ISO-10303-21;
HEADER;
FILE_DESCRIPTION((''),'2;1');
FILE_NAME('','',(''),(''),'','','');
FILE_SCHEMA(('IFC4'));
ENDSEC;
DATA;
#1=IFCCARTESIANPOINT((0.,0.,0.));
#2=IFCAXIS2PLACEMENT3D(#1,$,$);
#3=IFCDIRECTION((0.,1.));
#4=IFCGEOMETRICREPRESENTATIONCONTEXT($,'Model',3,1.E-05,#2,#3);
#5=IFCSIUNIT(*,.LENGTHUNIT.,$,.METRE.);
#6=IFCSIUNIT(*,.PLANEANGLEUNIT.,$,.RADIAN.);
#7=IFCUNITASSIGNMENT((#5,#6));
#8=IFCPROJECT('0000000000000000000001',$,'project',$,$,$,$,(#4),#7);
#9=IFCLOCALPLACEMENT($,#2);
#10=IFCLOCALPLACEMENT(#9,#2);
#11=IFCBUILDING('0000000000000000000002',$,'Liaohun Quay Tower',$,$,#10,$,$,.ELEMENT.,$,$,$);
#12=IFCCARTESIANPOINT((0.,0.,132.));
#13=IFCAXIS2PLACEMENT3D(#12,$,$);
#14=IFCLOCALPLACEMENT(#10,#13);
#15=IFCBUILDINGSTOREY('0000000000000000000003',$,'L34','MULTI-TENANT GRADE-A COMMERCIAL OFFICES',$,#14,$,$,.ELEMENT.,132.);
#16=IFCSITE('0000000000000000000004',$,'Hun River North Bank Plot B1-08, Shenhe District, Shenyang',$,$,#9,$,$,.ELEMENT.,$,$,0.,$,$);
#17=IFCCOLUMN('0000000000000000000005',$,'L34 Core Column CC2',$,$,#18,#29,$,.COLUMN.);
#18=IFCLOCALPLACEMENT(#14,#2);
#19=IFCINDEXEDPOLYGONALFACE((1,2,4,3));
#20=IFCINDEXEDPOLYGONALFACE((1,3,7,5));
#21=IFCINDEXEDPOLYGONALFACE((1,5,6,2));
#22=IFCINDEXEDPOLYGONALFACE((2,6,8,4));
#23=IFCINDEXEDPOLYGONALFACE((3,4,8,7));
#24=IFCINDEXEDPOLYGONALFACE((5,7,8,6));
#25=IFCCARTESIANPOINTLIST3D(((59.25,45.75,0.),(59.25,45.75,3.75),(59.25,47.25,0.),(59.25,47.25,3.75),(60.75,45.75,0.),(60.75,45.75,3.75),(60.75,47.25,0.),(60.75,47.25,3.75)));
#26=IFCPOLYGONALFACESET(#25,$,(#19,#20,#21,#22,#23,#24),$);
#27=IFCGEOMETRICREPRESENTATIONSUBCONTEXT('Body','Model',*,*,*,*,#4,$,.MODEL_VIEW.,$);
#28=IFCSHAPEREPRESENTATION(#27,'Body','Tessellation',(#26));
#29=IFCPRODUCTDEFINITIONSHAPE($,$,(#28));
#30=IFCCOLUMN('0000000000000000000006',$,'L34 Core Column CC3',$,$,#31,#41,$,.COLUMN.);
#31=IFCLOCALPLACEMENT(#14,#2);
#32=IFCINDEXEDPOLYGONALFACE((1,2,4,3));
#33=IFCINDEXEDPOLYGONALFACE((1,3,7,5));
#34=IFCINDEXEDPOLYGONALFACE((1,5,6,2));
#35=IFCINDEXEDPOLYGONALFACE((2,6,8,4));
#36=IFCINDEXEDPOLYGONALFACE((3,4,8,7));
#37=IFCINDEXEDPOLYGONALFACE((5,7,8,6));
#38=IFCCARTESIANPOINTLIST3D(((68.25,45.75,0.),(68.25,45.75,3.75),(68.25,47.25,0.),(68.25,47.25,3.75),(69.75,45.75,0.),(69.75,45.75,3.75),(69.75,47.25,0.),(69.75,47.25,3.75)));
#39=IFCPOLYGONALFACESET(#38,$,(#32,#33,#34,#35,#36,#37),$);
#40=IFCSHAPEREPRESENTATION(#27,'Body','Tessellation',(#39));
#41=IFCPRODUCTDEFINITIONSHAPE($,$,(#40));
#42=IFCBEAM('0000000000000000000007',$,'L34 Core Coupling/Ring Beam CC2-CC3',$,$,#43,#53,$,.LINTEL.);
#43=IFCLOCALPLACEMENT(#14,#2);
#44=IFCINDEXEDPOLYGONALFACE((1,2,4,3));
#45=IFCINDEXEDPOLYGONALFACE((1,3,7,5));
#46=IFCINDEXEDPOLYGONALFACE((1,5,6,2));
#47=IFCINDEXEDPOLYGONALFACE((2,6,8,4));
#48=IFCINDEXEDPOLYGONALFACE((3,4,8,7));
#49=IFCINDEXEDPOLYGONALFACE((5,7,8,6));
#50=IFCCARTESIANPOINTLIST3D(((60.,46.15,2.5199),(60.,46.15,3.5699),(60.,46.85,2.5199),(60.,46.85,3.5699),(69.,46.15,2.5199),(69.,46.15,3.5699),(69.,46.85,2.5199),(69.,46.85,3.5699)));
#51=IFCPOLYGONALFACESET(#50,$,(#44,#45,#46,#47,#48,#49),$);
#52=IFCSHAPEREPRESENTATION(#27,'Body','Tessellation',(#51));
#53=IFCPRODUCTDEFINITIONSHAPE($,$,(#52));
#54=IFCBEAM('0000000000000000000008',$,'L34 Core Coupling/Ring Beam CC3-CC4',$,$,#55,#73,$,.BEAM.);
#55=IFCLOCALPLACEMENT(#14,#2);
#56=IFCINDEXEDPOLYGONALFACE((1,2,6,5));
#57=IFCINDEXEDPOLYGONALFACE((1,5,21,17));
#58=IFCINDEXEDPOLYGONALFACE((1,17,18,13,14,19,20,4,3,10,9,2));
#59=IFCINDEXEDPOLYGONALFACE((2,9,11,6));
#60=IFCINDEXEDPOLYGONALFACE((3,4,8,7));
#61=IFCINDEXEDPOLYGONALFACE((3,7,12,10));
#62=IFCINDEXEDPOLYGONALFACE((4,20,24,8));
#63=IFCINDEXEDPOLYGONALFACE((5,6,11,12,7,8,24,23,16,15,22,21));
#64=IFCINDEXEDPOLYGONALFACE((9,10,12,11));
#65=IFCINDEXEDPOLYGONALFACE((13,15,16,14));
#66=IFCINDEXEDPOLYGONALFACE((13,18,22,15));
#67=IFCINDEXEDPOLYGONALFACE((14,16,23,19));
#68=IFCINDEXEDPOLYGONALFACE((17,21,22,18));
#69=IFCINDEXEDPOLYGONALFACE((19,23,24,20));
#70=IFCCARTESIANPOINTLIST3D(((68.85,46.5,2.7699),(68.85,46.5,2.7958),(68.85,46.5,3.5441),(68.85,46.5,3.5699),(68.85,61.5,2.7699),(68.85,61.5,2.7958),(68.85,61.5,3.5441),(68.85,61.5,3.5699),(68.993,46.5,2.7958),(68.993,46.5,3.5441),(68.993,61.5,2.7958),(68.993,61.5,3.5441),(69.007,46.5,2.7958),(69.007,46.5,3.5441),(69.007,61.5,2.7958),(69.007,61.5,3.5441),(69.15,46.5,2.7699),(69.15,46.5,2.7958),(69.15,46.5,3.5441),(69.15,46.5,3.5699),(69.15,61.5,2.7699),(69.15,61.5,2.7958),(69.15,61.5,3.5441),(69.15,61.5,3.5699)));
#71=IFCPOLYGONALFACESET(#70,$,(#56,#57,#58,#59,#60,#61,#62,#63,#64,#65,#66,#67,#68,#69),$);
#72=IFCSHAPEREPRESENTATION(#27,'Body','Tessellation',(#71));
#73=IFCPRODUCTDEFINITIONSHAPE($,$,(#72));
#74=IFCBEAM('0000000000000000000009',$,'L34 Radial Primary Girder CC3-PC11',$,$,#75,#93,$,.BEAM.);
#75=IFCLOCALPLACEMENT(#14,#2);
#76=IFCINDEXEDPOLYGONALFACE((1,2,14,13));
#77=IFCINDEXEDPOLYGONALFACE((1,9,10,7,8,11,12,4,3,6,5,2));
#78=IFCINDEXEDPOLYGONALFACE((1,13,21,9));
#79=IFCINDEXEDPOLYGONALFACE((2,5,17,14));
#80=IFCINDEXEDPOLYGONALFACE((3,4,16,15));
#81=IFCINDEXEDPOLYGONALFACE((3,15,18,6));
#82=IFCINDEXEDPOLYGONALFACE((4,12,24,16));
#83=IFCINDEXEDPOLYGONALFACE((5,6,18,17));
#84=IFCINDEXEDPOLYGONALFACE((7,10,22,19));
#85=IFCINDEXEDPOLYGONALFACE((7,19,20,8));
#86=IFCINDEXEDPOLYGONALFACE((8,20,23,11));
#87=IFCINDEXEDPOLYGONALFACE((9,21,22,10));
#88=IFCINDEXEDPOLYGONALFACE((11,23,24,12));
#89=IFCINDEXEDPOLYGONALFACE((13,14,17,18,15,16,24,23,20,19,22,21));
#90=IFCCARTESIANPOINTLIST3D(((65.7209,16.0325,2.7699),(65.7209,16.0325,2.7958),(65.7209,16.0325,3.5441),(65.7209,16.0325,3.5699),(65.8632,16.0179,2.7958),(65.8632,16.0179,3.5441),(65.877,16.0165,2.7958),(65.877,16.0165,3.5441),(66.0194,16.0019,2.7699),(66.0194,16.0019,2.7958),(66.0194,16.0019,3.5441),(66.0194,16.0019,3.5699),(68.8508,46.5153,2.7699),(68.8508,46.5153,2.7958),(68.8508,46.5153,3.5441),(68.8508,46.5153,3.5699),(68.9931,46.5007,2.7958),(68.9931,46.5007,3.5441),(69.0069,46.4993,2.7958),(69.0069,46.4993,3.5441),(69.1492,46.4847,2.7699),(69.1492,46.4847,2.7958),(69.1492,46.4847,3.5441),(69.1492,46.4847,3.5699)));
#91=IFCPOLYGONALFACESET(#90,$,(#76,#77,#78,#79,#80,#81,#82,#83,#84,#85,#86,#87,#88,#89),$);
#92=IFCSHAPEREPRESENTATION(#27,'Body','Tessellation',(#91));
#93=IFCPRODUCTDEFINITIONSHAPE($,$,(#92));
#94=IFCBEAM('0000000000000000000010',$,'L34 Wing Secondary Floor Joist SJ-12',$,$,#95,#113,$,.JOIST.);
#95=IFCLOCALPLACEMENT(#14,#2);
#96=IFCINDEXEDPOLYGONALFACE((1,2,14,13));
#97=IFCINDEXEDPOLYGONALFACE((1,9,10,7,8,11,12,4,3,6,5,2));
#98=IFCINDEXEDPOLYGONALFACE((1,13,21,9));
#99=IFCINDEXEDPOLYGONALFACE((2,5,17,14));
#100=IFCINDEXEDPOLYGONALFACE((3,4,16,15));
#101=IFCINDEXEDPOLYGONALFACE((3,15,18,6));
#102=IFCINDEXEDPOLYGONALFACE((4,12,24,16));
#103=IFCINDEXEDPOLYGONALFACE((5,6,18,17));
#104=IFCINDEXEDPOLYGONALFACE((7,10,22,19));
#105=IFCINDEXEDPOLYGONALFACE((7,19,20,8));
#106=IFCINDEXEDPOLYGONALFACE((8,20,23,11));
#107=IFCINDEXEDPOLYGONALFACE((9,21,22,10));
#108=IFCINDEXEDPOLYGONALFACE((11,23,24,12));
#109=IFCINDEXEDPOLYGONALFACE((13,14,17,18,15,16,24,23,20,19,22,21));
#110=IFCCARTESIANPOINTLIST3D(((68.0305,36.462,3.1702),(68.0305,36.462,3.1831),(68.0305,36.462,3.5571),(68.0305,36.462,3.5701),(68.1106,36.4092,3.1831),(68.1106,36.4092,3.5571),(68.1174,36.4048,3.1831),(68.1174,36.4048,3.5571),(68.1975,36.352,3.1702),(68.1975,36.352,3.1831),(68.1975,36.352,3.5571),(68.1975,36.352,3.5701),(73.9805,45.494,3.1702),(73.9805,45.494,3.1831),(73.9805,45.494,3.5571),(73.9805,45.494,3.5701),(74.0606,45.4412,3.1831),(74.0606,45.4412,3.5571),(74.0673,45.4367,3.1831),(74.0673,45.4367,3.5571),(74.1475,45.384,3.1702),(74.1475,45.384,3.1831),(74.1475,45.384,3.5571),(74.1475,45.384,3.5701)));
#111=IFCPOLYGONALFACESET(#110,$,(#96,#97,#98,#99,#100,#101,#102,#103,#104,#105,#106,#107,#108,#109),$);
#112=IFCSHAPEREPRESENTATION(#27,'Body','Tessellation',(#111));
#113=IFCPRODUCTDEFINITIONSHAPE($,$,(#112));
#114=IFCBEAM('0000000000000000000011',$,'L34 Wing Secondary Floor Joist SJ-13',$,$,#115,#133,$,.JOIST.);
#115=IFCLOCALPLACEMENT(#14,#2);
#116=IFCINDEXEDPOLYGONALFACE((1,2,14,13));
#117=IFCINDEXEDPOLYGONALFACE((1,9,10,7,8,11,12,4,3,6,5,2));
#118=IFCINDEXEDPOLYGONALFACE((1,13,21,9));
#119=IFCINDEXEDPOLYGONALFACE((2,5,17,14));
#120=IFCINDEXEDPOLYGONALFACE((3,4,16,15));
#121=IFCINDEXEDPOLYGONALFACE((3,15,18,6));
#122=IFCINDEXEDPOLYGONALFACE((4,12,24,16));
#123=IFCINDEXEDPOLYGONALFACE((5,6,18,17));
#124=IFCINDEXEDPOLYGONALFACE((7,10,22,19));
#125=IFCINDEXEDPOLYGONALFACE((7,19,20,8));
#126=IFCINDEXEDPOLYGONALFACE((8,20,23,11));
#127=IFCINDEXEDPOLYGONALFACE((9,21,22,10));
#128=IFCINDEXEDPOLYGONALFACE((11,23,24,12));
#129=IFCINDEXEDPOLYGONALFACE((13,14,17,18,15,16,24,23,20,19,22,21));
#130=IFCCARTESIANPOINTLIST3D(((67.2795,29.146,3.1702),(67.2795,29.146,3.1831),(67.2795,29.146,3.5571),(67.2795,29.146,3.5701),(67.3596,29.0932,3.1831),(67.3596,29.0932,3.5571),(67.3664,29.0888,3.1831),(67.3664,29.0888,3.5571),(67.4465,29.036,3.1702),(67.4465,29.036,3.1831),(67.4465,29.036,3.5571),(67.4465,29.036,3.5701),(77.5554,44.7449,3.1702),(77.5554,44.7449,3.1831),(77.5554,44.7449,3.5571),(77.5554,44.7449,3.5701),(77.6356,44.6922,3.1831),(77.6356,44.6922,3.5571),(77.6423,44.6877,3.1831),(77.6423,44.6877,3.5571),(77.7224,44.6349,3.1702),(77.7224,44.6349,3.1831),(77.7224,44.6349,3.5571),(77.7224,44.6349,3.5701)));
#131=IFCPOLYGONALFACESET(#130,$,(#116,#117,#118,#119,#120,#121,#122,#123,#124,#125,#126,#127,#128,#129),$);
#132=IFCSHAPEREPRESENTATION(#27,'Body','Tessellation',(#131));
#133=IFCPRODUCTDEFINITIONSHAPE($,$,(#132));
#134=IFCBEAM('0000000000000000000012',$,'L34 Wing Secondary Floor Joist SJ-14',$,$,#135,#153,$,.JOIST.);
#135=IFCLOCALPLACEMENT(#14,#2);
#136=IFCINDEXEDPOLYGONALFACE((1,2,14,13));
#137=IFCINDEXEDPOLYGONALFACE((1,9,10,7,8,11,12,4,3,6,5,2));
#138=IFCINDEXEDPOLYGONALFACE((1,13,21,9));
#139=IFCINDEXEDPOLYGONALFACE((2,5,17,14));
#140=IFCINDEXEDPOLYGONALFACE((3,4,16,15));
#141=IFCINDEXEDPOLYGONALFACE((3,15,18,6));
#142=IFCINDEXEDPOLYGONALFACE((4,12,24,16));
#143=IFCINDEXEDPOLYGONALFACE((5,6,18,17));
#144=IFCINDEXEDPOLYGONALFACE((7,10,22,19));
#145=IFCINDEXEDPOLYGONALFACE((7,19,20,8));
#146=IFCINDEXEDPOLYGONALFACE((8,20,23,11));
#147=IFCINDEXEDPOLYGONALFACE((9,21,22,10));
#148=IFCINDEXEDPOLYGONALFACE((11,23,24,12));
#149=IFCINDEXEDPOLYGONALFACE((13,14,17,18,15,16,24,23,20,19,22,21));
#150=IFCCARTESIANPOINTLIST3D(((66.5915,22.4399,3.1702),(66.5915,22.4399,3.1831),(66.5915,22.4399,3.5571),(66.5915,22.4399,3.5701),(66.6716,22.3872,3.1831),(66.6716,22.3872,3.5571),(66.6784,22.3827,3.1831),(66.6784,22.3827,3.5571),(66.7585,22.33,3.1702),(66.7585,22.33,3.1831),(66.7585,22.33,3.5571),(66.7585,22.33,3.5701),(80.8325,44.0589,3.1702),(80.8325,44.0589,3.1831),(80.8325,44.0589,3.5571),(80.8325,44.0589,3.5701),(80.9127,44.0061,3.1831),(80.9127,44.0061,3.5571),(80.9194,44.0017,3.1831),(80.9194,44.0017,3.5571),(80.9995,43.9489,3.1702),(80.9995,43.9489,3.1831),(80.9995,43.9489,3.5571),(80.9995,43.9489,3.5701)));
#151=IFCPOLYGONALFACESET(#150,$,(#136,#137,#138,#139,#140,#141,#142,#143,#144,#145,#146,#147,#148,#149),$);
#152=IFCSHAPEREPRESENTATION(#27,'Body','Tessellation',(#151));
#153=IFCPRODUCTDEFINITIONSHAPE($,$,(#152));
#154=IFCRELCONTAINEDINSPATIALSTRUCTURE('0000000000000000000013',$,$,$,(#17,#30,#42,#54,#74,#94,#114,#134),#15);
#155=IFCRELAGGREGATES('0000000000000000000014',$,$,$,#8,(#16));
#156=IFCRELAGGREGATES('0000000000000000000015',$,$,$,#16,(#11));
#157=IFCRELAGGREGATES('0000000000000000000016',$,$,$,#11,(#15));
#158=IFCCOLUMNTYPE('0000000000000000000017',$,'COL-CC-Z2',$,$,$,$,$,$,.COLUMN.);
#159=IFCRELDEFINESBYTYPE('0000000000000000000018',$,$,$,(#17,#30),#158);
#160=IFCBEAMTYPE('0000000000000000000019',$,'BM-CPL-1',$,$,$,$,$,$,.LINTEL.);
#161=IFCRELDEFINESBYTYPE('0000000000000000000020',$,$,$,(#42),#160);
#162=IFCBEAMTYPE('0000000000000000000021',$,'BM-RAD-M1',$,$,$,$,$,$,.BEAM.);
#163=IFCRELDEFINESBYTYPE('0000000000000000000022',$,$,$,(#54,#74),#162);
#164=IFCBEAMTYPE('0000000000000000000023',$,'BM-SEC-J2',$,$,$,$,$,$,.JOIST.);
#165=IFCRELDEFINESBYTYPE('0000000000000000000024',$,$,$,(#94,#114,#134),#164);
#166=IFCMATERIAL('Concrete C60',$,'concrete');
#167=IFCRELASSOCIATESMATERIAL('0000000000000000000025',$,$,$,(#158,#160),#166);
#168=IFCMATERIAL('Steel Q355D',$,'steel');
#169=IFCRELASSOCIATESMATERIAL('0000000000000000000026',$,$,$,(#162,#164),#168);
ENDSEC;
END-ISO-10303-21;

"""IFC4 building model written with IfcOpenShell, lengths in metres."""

from ifc_helpers import new_model, si_unit, direction, frame, origin, origin_2d, place, context, subcontext, project, spatial, rectangle, i_section, extrude, source, transform, mapped, material, material_profile, profile_set, type_object, element, save


model = new_model("IFC4")

# Units and contexts
model_context = context("Model", 3, precision=1e-05, world=origin(), true_north=direction((0.0, 1.0)))
body_context = subcontext(model_context, "Body", "Model", "MODEL_VIEW")
ifc_project = project(units=[si_unit("LENGTHUNIT", "METRE"), si_unit("PLANEANGLEUNIT", "RADIAN")], contexts=[model_context])

# Site, building, storey
site_placement = place(None, origin())
site = spatial("IfcSite", under=ifc_project, at=site_placement, Name="Hun River North Bank Plot B1-08, Shenhe District, Shenyang", CompositionType="ELEMENT", RefElevation=0.0)
building_placement = place(site_placement, origin())
building = spatial("IfcBuilding", under=site, at=building_placement, Name="Liaohun Quay Tower", CompositionType="ELEMENT")
storey_placement = place(building_placement, frame((0.0, 0.0, 132.0)))
storey = spatial("IfcBuildingStorey", under=building, at=storey_placement, Name="L34", Description="MULTI-TENANT GRADE-A COMMERCIAL OFFICES", CompositionType="ELEMENT", Elevation=132.0)

# Columns
ifc_material_1 = material(Name="Concrete C60", Category="concrete")
ifc_material_profile_1 = material_profile(ifc_material_1, rectangle(XDim=1.5, YDim=1.5, at=origin_2d()), Name="RC1500x1500")
ifc_profile_set_1 = profile_set([ifc_material_profile_1], Name="Concrete C60")
column_type = type_object("IfcColumnType", Name="COL-CC-Z2", PredefinedType="COLUMN", material=ifc_profile_set_1)
shared_shape_1 = source(origin(), body_context, "Body", "SweptSolid", [
    extrude(rectangle(XDim=1.5, YDim=1.5, at=origin_2d()), origin(), (0.0, 0.0, 1.0), 3.75),
])
for number, where, z_axis, x_axis, name in (
    (1, (60.0, 46.5, 0.0), (0.0, 0.0, 1.0), (1.0, 0.0, 0.0), "L34 Core Column CC2"),
    (2, (69.0, 46.5, 0.0), (0.0, 0.0, 1.0), (1.0, 0.0, 0.0), "L34 Core Column CC3"),
):
    element("IfcColumn", number, at=place(storey_placement, frame(where, z_axis=z_axis, x_axis=x_axis)), inside=storey, type_object=column_type, Name=name, PredefinedType="COLUMN", context=body_context, shape_type="MappedRepresentation", body=[
        mapped(shared_shape_1, transform((0.0, 0.0, 0.0), x_axis=(1.0, 0.0, 0.0), y_axis=(0.0, 1.0, 0.0), z_axis=(0.0, 0.0, 1.0), scale=1.0)),
    ])

# Beams
ifc_material_profile_2 = material_profile(ifc_material_1, rectangle(XDim=0.7, YDim=1.05, at=origin_2d()), Name="RC700x1050")
ifc_profile_set_2 = profile_set([ifc_material_profile_2], Name="Concrete C60")
beam_type_1 = type_object("IfcBeamType", Name="BM-CPL-1", PredefinedType="LINTEL", material=ifc_profile_set_2)
shared_shape_2 = source(origin(), body_context, "Body", "SweptSolid", [
    extrude(rectangle(XDim=0.7, YDim=1.05, at=origin_2d()), origin(), (0.0, 0.0, 1.0), 9.0),
])
beam_1_placement = place(storey_placement, frame((60.0, 46.5, 3.0449), z_axis=(1.0, 0.0, 0.0), x_axis=(0.0, 1.0, 0.0)))
element("IfcBeam", 3, at=beam_1_placement, inside=storey, type_object=beam_type_1, Name="L34 Core Coupling/Ring Beam CC2-CC3", PredefinedType="LINTEL", context=body_context, shape_type="MappedRepresentation", body=[
    mapped(shared_shape_2, transform((0.0, 0.0, 0.0), x_axis=(1.0, 0.0, 0.0), y_axis=(0.0, 1.0, 0.0), z_axis=(0.0, 0.0, 1.0), scale=1.0)),
])
ifc_material_2 = material(Name="Steel Q355D", Category="steel")
ifc_material_profile_3 = material_profile(ifc_material_2, i_section(OverallWidth=0.3, OverallDepth=0.8, WebThickness=0.0139, FlangeThickness=0.0259, at=origin_2d()), Name="HN800x300x14x26")
ifc_profile_set_3 = profile_set([ifc_material_profile_3], Name="Steel Q355D")
beam_type_2 = type_object("IfcBeamType", Name="BM-RAD-M1", PredefinedType="BEAM", material=ifc_profile_set_3)
shared_shape_3 = source(origin(), body_context, "Body", "SweptSolid", [
    extrude(i_section(OverallWidth=0.3, OverallDepth=0.8, WebThickness=0.0139, FlangeThickness=0.0259, at=origin_2d()), origin(), (0.0, 0.0, 1.0), 15.0),
])
beam_2_placement = place(storey_placement, frame((69.0, 46.5, 3.1699), z_axis=(0.0, 1.0, 0.0), x_axis=(-1.0, 0.0, 0.0)))
element("IfcBeam", 4, at=beam_2_placement, inside=storey, type_object=beam_type_2, Name="L34 Core Coupling/Ring Beam CC3-CC4", PredefinedType="BEAM", context=body_context, shape_type="MappedRepresentation", body=[
    mapped(shared_shape_3, transform((0.0, 0.0, 0.0), x_axis=(1.0, 0.0, 0.0), y_axis=(0.0, 1.0, 0.0), z_axis=(0.0, 0.0, 1.0), scale=1.0)),
])
shared_shape_4 = source(origin(), body_context, "Body", "SweptSolid", [
    extrude(i_section(OverallWidth=0.3, OverallDepth=0.8, WebThickness=0.0139, FlangeThickness=0.0259, at=origin_2d()), origin(), (0.0, 0.0, 1.0), 30.6431),
])
beam_3_placement = place(storey_placement, frame((69.0, 46.5, 3.1699), z_axis=(-0.10214, -0.99477, 0.0), x_axis=(0.99477, -0.10214, 0.0)))
element("IfcBeam", 5, at=beam_3_placement, inside=storey, type_object=beam_type_2, Name="L34 Radial Primary Girder CC3-PC11", PredefinedType="BEAM", context=body_context, shape_type="MappedRepresentation", body=[
    mapped(shared_shape_4, transform((0.0, 0.0, 0.0), x_axis=(1.0, 0.0, 0.0), y_axis=(0.0, 1.0, 0.0), z_axis=(0.0, 0.0, 1.0), scale=1.0)),
])
ifc_material_profile_4 = material_profile(ifc_material_2, i_section(OverallWidth=0.2, OverallDepth=0.3999, WebThickness=0.0081, FlangeThickness=0.0129, at=origin_2d()), Name="HN400x200x8x13")
ifc_profile_set_4 = profile_set([ifc_material_profile_4], Name="Steel Q355D")
beam_type_3 = type_object("IfcBeamType", Name="BM-SEC-J2", PredefinedType="JOIST", material=ifc_profile_set_4)
shared_shape_5 = source(origin(), body_context, "Body", "SweptSolid", [
    extrude(i_section(OverallWidth=0.2, OverallDepth=0.3999, WebThickness=0.0081, FlangeThickness=0.0129, at=origin_2d()), origin(), (0.0, 0.0, 1.0), 10.8157),
])
beam_4_placement = place(storey_placement, frame((74.064, 45.439, 3.3701), z_axis=(-0.550123, -0.835083, 0.0), x_axis=(0.835083, -0.550123, 0.0)))
element("IfcBeam", 6, at=beam_4_placement, inside=storey, type_object=beam_type_3, Name="L34 Wing Secondary Floor Joist SJ-12", PredefinedType="JOIST", context=body_context, shape_type="MappedRepresentation", body=[
    mapped(shared_shape_5, transform((0.0, 0.0, 0.0), x_axis=(1.0, 0.0, 0.0), y_axis=(0.0, 1.0, 0.0), z_axis=(0.0, 0.0, 1.0), scale=1.0)),
])
shared_shape_6 = source(origin(), body_context, "Body", "SweptSolid", [
    extrude(i_section(OverallWidth=0.2, OverallDepth=0.3999, WebThickness=0.0081, FlangeThickness=0.0129, at=origin_2d()), origin(), (0.0, 0.0, 1.0), 18.6794),
])
beam_5_placement = place(storey_placement, frame((77.6389, 44.6899, 3.3701), z_axis=(-0.550119, -0.835086, 0.0), x_axis=(0.835086, -0.550119, 0.0)))
element("IfcBeam", 7, at=beam_5_placement, inside=storey, type_object=beam_type_3, Name="L34 Wing Secondary Floor Joist SJ-13", PredefinedType="JOIST", context=body_context, shape_type="MappedRepresentation", body=[
    mapped(shared_shape_6, transform((0.0, 0.0, 0.0), x_axis=(1.0, 0.0, 0.0), y_axis=(0.0, 1.0, 0.0), z_axis=(0.0, 0.0, 1.0), scale=1.0)),
])
shared_shape_7 = source(origin(), body_context, "Body", "SweptSolid", [
    extrude(i_section(OverallWidth=0.2, OverallDepth=0.3999, WebThickness=0.0081, FlangeThickness=0.0129, at=origin_2d()), origin(), (0.0, 0.0, 1.0), 25.8879),
])
beam_6_placement = place(storey_placement, frame((80.916, 44.0039, 3.3701), z_axis=(-0.550102, -0.835098, 0.0), x_axis=(0.835098, -0.550102, 0.0)))
element("IfcBeam", 8, at=beam_6_placement, inside=storey, type_object=beam_type_3, Name="L34 Wing Secondary Floor Joist SJ-14", PredefinedType="JOIST", context=body_context, shape_type="MappedRepresentation", body=[
    mapped(shared_shape_7, transform((0.0, 0.0, 0.0), x_axis=(1.0, 0.0, 0.0), y_axis=(0.0, 1.0, 0.0), z_axis=(0.0, 0.0, 1.0), scale=1.0)),
])

save(model, "model.ifc")
